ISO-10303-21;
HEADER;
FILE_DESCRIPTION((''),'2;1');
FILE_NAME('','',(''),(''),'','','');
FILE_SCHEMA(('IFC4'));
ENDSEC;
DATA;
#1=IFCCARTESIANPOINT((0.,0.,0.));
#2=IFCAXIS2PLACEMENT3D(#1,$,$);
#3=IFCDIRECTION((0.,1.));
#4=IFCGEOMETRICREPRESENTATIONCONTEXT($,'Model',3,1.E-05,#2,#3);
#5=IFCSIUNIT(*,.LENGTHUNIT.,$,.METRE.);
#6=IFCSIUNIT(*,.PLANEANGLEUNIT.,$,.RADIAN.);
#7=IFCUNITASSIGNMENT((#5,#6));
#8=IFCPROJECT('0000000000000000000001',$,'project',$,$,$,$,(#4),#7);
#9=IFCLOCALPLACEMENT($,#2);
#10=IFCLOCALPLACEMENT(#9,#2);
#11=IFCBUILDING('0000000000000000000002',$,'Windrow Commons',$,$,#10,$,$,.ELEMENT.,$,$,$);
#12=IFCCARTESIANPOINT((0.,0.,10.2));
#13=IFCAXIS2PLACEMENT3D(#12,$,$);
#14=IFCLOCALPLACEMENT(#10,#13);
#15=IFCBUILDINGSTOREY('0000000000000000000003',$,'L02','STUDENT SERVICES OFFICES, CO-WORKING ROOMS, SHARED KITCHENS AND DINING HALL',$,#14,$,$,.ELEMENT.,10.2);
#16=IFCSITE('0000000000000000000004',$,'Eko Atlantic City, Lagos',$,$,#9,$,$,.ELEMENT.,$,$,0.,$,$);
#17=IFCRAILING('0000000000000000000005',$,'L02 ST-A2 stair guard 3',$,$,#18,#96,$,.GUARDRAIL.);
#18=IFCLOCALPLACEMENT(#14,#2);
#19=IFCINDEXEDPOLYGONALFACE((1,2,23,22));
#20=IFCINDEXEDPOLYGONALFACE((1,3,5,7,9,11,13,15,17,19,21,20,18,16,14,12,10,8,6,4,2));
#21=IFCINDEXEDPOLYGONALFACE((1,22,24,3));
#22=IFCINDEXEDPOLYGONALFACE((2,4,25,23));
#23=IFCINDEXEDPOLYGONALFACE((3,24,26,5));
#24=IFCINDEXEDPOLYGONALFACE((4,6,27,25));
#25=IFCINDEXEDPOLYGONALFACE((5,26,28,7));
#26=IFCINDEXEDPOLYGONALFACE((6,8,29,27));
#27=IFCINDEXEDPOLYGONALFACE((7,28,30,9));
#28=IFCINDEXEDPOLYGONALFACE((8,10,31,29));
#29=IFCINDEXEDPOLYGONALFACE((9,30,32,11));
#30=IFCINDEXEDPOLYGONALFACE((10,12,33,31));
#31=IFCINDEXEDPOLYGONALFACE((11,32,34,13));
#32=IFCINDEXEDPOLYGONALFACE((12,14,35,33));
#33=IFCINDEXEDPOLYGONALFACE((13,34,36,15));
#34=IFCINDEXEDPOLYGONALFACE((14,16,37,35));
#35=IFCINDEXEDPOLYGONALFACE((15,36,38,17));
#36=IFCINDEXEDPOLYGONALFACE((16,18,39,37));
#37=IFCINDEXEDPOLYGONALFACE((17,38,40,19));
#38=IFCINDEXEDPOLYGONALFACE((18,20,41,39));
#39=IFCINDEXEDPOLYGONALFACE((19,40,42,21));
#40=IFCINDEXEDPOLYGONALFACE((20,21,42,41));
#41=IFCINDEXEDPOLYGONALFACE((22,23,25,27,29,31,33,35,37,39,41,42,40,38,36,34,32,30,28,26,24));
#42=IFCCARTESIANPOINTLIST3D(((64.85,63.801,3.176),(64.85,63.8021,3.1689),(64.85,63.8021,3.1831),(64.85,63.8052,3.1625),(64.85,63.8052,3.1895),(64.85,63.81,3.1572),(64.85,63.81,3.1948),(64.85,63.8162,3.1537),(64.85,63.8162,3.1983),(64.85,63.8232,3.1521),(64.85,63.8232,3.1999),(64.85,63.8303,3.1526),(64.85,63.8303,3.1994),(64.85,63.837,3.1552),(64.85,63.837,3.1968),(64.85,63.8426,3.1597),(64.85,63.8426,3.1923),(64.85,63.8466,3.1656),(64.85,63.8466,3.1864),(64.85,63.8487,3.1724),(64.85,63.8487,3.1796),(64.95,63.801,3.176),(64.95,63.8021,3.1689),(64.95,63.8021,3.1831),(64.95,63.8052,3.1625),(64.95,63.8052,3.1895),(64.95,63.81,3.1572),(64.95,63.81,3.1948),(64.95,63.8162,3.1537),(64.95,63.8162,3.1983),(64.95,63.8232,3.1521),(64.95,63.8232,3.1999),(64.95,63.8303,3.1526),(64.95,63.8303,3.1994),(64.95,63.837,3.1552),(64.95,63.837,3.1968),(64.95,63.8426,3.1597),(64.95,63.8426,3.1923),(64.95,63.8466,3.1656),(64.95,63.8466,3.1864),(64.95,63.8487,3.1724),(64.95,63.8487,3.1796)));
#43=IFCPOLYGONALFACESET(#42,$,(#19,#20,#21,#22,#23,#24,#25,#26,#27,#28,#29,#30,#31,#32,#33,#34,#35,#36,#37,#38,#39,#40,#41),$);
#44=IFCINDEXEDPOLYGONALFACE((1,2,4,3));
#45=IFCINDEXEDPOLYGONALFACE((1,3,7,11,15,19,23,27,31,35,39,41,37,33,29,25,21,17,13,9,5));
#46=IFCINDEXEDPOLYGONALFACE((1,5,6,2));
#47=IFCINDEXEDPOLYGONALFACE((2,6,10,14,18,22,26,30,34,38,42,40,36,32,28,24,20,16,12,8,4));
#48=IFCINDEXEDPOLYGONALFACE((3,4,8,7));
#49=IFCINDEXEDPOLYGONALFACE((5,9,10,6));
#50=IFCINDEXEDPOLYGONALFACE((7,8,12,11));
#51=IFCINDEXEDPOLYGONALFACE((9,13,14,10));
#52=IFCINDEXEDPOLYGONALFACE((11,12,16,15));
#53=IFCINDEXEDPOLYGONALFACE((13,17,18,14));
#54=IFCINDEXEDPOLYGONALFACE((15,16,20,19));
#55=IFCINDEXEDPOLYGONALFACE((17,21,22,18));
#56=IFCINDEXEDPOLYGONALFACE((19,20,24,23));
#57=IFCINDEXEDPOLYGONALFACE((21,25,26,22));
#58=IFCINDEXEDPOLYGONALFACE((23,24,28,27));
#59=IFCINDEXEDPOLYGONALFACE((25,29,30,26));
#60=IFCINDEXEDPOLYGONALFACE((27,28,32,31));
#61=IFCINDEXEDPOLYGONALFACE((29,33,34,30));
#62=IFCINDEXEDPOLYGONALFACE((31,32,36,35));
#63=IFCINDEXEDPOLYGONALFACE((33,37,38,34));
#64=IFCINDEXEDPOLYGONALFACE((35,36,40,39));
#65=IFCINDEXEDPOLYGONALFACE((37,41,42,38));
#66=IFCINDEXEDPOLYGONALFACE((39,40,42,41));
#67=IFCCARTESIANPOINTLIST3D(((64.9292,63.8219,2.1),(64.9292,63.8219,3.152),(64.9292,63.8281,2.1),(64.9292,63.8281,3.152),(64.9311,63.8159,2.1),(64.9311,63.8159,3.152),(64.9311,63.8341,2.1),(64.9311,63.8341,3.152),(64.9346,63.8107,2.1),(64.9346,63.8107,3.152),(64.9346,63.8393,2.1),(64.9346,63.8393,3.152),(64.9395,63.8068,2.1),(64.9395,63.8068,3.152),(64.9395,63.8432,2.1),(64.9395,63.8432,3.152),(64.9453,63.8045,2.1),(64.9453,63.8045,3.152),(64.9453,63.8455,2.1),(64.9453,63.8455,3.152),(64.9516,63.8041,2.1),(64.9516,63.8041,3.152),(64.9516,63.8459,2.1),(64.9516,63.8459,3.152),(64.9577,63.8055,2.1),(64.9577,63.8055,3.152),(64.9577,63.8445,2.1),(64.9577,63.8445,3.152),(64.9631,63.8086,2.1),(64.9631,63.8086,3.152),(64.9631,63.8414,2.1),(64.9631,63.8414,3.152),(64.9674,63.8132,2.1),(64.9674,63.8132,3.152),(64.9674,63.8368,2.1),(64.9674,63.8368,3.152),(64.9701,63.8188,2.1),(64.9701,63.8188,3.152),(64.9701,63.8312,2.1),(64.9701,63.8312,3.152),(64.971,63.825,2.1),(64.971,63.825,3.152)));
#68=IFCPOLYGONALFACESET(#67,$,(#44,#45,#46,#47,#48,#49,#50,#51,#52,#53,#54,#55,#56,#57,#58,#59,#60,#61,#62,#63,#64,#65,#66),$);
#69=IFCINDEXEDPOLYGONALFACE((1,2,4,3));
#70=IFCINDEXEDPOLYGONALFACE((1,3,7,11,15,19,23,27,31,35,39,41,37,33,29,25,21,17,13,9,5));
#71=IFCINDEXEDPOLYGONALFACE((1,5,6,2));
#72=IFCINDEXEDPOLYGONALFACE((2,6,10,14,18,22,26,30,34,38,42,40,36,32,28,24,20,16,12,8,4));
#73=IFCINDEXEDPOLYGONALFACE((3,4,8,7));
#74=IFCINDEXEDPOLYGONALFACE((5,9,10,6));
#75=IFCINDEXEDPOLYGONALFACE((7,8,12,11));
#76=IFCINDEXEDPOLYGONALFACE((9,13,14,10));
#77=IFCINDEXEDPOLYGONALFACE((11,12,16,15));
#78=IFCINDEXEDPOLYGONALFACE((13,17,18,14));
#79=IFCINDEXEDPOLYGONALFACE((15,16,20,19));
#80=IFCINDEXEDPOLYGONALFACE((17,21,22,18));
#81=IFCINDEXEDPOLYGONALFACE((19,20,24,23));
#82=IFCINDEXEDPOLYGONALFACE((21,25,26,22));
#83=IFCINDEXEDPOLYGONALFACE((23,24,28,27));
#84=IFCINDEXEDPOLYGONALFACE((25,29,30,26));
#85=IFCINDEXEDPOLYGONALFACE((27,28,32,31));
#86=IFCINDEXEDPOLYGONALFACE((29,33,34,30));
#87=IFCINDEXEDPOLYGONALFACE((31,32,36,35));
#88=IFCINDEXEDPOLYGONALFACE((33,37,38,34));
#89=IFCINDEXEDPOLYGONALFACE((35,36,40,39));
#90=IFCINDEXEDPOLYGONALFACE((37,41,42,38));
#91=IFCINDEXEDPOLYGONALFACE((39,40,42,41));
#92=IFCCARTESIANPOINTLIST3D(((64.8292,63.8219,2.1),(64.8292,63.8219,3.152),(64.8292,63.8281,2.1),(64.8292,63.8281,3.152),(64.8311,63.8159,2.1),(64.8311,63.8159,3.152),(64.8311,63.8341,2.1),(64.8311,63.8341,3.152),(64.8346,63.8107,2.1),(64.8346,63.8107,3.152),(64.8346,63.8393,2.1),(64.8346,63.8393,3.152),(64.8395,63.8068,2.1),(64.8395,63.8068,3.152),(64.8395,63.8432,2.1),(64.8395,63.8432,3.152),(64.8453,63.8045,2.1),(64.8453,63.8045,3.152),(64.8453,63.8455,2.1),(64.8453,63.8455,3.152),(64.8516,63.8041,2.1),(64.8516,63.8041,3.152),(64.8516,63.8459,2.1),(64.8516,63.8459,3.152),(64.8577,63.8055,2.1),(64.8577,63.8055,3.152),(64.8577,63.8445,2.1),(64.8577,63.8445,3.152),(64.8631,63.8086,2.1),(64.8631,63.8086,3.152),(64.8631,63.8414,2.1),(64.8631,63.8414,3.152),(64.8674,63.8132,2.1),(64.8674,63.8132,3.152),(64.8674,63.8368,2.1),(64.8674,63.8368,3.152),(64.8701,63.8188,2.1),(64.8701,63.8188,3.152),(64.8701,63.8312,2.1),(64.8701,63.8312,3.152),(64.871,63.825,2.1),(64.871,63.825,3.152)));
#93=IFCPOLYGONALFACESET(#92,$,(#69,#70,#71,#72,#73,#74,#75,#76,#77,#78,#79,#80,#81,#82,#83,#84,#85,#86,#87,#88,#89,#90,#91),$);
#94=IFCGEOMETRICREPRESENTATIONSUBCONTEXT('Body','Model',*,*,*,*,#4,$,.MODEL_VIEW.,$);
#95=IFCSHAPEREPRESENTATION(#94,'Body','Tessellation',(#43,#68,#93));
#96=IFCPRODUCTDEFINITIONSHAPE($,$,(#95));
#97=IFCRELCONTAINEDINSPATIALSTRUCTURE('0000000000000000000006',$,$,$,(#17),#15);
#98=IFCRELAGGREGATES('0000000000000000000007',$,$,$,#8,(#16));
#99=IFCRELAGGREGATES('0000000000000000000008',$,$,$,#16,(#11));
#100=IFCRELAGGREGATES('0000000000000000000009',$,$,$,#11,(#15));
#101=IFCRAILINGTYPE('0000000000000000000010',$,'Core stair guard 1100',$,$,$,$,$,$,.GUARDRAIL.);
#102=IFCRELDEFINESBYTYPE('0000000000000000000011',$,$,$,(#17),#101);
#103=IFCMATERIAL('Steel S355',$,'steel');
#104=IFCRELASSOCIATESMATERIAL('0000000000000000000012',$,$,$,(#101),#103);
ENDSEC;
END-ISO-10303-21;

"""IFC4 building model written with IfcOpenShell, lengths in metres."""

from ifc_helpers import new_model, si_unit, direction, frame, origin, origin_2d, place, context, subcontext, project, spatial, circle, extrude, material, type_object, element, save


model = new_model("IFC4")

# Units and contexts
model_context = context("Model", 3, precision=1e-05, world=origin(), true_north=direction((0.0, 1.0)))
body_context = subcontext(model_context, "Body", "Model", "MODEL_VIEW")
ifc_project = project(units=[si_unit("LENGTHUNIT", "METRE"), si_unit("PLANEANGLEUNIT", "RADIAN")], contexts=[model_context])

# Site, building, storey
site_placement = place(None, origin())
site = spatial("IfcSite", under=ifc_project, at=site_placement, Name="Eko Atlantic City, Lagos", CompositionType="ELEMENT", RefElevation=0.0)
building_placement = place(site_placement, origin())
building = spatial("IfcBuilding", under=site, at=building_placement, Name="Windrow Commons", CompositionType="ELEMENT")
storey_placement = place(building_placement, frame((0.0, 0.0, 10.2)))
storey = spatial("IfcBuildingStorey", under=building, at=storey_placement, Name="L02", Description="STUDENT SERVICES OFFICES, CO-WORKING ROOMS, SHARED KITCHENS AND DINING HALL", CompositionType="ELEMENT", Elevation=10.2)

# Railing
ifc_material_1 = material(Name="Steel S355", Category="steel")
railing_type_1 = type_object("IfcRailingType", Name="Core stair guard 1100", PredefinedType="GUARDRAIL", material=ifc_material_1)
railing_1_placement = place(storey_placement, frame((64.95, 63.825, 2.1)))
element("IfcRailing", 1, at=railing_1_placement, inside=storey, type_object=railing_type_1, Name="L02 ST-A2 stair guard 3", PredefinedType="GUARDRAIL", context=body_context, shape_type="SweptSolid", body=[
    extrude(circle(Radius=0.024, at=origin_2d()), frame((0.0, 0.0, 1.076), z_axis=(-1.0, 0.0, 0.0), x_axis=(0.0, -1.0, 0.0)), (0.0, 0.0, 1.0), 0.1),
    extrude(circle(Radius=0.021, at=origin_2d()), origin(), (0.0, 0.0, 1.0), 1.052),
    extrude(circle(Radius=0.021, at=origin_2d()), frame((-0.1, 0.0, 0.0)), (0.0, 0.0, 1.0), 1.052),
])

save(model, "model.ifc")
